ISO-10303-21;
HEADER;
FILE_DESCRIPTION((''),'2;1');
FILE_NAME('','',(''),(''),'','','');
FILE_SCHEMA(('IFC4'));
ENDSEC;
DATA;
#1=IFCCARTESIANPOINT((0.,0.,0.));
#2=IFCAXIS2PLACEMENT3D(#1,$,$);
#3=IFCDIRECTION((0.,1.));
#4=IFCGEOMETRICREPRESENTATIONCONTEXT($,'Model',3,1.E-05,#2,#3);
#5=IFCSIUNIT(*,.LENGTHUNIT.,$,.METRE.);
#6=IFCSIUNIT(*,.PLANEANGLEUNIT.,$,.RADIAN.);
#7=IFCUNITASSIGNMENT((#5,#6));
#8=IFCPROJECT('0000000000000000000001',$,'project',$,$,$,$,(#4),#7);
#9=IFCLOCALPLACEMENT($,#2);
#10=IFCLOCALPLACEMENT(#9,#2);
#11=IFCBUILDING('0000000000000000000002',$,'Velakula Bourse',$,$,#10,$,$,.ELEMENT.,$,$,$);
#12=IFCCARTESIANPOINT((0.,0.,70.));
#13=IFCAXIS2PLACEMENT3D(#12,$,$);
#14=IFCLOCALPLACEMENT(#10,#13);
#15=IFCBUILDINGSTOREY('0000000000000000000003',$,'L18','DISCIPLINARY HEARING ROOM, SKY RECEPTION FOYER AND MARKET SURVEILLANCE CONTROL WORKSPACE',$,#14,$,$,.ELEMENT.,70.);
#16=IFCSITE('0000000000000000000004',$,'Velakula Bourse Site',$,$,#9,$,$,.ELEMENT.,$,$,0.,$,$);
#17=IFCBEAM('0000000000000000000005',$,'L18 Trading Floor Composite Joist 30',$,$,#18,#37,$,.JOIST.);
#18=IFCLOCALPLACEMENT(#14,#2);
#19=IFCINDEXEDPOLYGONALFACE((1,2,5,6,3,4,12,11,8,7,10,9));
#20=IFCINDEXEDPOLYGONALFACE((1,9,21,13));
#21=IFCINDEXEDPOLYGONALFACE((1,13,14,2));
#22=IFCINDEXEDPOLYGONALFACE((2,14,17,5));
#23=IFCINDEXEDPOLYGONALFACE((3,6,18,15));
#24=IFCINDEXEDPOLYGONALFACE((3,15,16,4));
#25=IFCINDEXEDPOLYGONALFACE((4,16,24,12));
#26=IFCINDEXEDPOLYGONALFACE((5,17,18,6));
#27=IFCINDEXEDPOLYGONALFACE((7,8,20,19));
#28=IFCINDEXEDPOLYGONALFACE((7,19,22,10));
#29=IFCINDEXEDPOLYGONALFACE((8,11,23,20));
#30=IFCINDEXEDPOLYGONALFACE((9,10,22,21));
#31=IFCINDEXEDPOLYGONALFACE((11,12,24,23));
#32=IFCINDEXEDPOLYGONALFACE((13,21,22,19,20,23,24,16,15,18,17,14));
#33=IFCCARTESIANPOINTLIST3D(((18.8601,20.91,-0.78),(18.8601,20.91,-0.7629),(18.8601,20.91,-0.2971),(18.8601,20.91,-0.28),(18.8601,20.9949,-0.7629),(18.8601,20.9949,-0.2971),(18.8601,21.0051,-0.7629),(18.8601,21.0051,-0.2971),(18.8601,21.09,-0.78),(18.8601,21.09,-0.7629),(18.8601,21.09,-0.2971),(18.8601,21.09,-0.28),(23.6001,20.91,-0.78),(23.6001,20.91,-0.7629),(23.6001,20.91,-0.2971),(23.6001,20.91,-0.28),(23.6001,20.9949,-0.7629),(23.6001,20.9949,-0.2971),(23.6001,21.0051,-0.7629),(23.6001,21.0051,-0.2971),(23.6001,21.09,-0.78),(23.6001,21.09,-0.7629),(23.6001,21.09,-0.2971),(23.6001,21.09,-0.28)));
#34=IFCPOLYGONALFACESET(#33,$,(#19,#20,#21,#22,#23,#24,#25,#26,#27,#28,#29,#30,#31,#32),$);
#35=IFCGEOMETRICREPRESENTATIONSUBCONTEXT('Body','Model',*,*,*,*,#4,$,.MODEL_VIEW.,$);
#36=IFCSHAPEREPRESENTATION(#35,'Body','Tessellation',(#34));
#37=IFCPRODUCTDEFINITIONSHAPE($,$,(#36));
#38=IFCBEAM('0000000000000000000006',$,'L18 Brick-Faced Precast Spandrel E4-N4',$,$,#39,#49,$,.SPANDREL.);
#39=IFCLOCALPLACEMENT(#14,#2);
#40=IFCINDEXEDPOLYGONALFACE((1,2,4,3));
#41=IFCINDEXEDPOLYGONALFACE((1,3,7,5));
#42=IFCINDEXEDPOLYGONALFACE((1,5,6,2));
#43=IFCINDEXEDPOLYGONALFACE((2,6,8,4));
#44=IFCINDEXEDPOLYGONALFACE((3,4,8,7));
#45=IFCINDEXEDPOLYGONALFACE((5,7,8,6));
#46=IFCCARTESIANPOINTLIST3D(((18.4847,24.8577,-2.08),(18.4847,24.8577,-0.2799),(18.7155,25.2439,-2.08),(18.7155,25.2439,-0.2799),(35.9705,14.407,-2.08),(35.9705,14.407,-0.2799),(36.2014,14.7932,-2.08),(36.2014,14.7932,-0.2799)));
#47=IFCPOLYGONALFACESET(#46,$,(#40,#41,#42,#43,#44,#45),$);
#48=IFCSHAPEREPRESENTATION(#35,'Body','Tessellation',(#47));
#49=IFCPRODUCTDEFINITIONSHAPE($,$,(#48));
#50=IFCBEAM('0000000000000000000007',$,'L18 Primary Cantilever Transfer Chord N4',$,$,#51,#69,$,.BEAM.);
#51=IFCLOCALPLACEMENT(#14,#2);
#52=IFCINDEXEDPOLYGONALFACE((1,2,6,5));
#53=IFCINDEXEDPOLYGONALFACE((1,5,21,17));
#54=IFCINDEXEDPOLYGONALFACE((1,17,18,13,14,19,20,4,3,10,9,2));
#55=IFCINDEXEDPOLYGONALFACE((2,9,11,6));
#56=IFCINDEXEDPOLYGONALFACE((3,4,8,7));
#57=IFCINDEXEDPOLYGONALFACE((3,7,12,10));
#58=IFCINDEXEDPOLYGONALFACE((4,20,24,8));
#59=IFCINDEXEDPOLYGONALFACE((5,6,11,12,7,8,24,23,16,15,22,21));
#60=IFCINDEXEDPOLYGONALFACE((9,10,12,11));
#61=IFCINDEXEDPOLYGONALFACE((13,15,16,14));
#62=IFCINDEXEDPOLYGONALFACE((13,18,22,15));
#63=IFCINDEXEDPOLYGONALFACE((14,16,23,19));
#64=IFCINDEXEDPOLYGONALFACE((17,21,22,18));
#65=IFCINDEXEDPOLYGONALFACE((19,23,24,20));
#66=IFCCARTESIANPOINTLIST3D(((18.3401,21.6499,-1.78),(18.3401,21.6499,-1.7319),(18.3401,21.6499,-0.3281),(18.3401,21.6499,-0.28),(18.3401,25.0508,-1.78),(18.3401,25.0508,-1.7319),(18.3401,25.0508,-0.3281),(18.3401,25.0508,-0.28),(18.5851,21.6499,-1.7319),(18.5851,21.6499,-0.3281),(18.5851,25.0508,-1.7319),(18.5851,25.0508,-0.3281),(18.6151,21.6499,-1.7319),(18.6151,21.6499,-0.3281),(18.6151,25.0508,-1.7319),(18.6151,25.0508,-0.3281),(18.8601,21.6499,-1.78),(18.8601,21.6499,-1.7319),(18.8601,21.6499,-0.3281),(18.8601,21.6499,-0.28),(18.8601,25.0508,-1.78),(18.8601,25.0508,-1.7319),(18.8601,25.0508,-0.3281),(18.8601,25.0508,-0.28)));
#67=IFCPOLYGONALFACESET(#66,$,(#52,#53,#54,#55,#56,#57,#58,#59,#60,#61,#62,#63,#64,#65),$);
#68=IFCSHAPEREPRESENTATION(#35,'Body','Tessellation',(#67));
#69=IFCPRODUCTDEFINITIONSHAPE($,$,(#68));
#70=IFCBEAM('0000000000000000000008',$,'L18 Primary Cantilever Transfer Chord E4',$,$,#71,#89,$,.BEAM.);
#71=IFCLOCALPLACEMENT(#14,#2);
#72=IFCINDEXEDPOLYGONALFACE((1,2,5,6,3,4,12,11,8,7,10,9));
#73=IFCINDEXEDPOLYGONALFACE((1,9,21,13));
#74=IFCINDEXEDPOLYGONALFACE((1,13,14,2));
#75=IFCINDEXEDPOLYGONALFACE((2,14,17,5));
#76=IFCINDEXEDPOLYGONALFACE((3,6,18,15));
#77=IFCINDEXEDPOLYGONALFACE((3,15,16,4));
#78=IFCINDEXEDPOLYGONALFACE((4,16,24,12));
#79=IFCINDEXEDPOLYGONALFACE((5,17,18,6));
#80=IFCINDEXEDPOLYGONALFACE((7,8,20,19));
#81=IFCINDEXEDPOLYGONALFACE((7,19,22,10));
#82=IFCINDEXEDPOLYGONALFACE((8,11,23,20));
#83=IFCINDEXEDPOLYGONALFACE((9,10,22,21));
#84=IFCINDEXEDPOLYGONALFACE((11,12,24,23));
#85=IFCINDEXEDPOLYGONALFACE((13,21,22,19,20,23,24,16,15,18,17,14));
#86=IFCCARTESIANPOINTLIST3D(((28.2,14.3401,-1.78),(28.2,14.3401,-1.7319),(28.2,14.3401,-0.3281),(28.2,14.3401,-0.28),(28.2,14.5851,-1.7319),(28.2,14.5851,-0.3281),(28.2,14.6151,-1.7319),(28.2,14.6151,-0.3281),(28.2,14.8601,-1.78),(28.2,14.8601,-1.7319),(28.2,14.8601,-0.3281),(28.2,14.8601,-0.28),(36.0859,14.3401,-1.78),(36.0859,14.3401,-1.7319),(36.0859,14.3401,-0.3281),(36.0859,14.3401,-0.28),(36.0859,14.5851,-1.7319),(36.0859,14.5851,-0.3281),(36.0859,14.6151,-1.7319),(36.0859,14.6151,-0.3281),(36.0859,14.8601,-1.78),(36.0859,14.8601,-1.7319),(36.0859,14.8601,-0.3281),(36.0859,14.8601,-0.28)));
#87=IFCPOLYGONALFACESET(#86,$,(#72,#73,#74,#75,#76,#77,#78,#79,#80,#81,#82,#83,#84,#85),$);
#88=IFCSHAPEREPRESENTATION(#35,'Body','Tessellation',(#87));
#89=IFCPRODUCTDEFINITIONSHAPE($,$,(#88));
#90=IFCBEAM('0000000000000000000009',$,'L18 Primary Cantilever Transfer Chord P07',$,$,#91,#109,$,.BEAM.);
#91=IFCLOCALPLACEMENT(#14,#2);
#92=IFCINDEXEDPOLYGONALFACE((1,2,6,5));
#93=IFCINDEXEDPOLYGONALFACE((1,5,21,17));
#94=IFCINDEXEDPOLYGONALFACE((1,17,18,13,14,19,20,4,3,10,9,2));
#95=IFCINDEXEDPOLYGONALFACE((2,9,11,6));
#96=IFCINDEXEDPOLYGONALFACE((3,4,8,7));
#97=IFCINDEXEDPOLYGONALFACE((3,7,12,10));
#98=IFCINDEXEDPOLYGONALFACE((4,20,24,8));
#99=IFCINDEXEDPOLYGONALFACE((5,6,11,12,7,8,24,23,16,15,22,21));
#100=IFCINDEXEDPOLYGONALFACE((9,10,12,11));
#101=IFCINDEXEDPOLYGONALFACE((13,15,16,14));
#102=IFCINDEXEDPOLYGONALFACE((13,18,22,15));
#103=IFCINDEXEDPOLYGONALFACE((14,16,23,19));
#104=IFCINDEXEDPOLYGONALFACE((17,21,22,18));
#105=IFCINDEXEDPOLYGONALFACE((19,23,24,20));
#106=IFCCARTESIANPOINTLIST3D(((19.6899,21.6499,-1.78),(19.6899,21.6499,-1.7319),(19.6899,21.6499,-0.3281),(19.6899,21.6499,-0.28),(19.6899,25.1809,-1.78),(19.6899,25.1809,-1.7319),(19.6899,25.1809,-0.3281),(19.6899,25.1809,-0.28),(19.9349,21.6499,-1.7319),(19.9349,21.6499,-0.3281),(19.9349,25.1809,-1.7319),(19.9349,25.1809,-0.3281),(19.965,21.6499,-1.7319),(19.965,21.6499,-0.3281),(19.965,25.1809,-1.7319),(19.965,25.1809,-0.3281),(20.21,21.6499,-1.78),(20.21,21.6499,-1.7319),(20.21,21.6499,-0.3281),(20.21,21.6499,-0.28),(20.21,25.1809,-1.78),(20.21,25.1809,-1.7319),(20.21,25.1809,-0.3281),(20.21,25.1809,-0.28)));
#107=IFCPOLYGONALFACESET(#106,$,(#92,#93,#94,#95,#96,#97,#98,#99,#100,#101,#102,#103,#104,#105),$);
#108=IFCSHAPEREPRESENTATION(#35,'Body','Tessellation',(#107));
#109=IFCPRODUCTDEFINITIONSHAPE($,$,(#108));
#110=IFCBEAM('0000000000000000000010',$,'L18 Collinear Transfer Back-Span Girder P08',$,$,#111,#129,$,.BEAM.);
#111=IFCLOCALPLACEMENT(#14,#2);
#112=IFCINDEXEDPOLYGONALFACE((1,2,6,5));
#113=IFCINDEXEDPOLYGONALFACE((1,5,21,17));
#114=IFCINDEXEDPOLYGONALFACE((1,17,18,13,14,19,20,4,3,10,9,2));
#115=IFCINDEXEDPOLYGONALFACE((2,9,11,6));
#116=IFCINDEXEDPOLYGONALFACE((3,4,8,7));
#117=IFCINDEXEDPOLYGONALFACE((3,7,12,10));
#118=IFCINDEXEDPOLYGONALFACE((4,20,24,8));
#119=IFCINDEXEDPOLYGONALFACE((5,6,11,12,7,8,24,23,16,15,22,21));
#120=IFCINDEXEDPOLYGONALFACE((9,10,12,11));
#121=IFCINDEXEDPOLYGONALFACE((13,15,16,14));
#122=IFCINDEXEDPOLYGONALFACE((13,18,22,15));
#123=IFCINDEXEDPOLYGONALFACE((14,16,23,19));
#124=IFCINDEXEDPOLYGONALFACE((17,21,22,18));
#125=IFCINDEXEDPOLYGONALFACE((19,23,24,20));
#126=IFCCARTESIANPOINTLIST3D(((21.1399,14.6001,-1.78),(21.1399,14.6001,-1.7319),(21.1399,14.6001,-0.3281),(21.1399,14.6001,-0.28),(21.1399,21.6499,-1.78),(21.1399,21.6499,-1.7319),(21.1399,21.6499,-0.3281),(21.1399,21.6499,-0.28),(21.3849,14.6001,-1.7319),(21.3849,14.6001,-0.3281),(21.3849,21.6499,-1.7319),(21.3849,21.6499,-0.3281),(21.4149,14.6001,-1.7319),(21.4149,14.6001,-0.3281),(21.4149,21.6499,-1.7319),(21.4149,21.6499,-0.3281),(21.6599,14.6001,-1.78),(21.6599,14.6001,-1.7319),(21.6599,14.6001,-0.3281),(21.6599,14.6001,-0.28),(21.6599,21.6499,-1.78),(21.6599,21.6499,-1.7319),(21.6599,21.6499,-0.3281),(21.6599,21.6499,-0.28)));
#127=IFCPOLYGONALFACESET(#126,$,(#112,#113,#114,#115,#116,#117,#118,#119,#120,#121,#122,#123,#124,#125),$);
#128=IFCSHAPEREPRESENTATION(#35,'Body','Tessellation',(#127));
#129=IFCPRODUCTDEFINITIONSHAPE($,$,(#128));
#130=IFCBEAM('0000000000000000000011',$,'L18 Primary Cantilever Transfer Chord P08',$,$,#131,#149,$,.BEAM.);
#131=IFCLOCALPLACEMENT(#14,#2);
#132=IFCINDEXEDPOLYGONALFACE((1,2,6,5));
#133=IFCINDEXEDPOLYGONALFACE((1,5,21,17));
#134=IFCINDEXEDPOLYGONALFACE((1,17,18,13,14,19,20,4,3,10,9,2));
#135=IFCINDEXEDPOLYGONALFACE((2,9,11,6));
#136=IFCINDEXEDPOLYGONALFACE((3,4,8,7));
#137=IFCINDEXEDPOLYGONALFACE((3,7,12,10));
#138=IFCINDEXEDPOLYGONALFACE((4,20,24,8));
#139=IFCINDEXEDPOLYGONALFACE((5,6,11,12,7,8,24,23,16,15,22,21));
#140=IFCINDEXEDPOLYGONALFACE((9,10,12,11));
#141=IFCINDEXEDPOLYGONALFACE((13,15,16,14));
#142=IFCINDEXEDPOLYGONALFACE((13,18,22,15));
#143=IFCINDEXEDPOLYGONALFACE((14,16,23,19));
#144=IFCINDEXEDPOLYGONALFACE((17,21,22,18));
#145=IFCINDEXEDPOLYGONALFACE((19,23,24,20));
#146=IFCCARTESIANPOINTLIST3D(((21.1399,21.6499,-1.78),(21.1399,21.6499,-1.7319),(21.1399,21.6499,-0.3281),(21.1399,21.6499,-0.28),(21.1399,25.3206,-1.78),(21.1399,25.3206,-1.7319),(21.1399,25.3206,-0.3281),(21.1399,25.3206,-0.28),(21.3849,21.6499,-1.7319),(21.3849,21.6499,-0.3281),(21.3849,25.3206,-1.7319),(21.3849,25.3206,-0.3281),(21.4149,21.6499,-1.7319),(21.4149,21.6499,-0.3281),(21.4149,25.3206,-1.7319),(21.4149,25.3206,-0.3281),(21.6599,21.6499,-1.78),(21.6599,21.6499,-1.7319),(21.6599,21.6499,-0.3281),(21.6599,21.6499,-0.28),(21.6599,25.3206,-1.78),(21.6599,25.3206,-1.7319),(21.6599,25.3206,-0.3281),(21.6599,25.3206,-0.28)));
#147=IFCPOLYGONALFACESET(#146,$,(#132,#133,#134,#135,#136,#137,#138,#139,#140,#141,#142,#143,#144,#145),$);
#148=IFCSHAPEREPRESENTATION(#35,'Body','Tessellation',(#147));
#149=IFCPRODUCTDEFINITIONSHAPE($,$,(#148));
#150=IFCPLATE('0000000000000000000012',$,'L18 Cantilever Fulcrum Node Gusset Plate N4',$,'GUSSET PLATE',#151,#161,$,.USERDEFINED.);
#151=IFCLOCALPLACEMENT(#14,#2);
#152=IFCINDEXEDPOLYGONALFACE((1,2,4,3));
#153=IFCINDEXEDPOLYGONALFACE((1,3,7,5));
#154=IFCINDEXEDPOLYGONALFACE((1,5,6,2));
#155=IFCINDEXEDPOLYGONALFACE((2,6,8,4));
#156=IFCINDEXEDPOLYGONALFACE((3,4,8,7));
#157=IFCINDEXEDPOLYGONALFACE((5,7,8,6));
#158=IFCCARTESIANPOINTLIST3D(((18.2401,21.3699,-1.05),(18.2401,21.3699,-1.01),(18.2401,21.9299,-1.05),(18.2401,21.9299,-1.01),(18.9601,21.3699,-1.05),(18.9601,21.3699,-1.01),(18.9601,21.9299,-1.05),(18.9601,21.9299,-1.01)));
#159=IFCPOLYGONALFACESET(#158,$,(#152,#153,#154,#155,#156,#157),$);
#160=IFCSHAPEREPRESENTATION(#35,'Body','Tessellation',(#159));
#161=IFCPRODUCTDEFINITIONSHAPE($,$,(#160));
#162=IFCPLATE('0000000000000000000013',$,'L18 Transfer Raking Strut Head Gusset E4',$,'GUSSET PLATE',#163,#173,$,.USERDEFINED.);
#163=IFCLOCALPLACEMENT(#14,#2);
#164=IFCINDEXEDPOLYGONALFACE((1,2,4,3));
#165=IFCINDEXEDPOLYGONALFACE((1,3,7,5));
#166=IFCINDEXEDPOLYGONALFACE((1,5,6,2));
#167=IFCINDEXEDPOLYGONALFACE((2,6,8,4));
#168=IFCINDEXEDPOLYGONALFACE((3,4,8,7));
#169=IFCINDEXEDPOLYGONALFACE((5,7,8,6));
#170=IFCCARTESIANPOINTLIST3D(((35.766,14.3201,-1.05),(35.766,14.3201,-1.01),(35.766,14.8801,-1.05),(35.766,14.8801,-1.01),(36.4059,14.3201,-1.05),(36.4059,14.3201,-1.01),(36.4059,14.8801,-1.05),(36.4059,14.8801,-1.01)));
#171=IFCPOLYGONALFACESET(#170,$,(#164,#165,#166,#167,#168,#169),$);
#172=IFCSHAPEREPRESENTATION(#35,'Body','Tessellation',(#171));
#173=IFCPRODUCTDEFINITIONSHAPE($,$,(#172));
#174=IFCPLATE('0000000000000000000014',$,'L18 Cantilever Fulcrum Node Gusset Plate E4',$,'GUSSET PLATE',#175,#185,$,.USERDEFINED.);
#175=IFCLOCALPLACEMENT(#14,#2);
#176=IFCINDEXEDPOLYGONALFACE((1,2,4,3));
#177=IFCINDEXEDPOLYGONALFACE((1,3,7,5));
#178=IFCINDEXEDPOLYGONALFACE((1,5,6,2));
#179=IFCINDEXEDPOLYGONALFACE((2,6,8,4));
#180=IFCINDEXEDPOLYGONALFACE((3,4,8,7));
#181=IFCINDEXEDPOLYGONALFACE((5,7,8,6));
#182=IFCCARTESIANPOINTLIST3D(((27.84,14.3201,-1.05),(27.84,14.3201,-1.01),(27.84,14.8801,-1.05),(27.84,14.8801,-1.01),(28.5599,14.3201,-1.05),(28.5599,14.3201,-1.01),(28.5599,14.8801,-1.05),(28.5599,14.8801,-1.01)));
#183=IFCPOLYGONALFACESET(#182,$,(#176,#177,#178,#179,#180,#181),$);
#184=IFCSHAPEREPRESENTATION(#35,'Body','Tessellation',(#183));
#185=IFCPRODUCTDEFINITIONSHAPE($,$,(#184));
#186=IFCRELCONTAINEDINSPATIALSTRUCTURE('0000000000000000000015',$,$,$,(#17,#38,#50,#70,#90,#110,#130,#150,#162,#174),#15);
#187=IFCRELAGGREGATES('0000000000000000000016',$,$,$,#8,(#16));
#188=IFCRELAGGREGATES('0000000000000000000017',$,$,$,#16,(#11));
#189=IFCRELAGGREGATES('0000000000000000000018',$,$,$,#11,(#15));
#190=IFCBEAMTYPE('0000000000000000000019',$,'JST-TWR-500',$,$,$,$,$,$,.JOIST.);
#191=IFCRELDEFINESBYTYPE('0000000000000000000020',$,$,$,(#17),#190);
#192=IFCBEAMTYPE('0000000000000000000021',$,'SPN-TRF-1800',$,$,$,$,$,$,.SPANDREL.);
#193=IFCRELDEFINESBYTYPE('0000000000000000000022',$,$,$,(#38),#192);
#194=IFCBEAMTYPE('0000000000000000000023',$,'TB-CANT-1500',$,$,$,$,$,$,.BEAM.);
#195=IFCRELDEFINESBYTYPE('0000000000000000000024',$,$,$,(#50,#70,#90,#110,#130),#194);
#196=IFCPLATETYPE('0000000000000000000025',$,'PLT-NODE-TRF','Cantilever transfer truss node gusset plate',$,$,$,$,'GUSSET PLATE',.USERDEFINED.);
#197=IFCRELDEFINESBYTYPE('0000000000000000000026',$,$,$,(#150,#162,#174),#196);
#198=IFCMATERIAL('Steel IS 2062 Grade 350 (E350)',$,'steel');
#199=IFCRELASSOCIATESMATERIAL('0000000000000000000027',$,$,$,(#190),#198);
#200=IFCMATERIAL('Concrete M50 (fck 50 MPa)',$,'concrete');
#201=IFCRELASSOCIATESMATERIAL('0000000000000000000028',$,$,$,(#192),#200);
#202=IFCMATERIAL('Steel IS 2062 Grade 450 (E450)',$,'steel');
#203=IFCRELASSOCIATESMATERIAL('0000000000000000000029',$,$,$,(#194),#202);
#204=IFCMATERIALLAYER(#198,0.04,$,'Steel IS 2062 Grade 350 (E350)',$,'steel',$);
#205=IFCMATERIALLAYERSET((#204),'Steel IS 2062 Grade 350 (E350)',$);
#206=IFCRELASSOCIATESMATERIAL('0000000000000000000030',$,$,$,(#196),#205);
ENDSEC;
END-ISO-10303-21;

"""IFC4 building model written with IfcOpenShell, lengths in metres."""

from ifc_helpers import new_model, si_unit, direction, frame, origin, origin_2d, place, context, subcontext, project, spatial, rectangle, i_section, extrude, material, layer, layer_set, material_profile, profile_set, type_object, element, save


model = new_model("IFC4")

# Units and contexts
model_context = context("Model", 3, precision=1e-05, world=origin(), true_north=direction((0.0, 1.0)))
body_context = subcontext(model_context, "Body", "Model", "MODEL_VIEW")
ifc_project = project(units=[si_unit("LENGTHUNIT", "METRE"), si_unit("PLANEANGLEUNIT", "RADIAN")], contexts=[model_context])

# Site, building, storey
site_placement = place(None, origin())
site = spatial("IfcSite", under=ifc_project, at=site_placement, Name="Velakula Bourse Site", CompositionType="ELEMENT", RefElevation=0.0)
building_placement = place(site_placement, origin())
building = spatial("IfcBuilding", under=site, at=building_placement, Name="Velakula Bourse", CompositionType="ELEMENT")
storey_placement = place(building_placement, frame((0.0, 0.0, 70.0)))
storey = spatial("IfcBuildingStorey", under=building, at=storey_placement, Name="L18", Description="DISCIPLINARY HEARING ROOM, SKY RECEPTION FOYER AND MARKET SURVEILLANCE CONTROL WORKSPACE", CompositionType="ELEMENT", Elevation=70.0)

# Shared definitions
ifc_material_1 = material(Name="Steel IS 2062 Grade 450 (E450)", Category="steel")

# Beams
ifc_material_2 = material(Name="Steel IS 2062 Grade 350 (E350)", Category="steel")
ifc_material_profile_1 = material_profile(ifc_material_2, i_section(OverallWidth=0.1799, OverallDepth=0.5, WebThickness=0.0103, FlangeThickness=0.0171, at=origin_2d()), Name="Steel IS 2062 Grade 350 (E350)")
ifc_profile_set_1 = profile_set([ifc_material_profile_1], Name="Steel IS 2062 Grade 350 (E350)")
beam_type_1 = type_object("IfcBeamType", Name="JST-TWR-500", PredefinedType="JOIST", material=ifc_profile_set_1)
beam_1_placement = place(storey_placement, frame((18.8601, 21.0, -0.53), z_axis=(1.0, 0.0, 0.0), x_axis=(0.0, 1.0, 0.0)))
element("IfcBeam", 1, at=beam_1_placement, inside=storey, type_object=beam_type_1, Name="L18 Trading Floor Composite Joist 30", PredefinedType="JOIST", context=body_context, shape_type="SweptSolid", body=[
    extrude(i_section(OverallWidth=0.1799, OverallDepth=0.5, WebThickness=0.0103, FlangeThickness=0.0171, at=origin_2d()), origin(), (0.0, 0.0, 1.0), 4.74),
])
ifc_material_3 = material(Name="Concrete M50 (fck 50 MPa)", Category="concrete")
ifc_material_profile_2 = material_profile(ifc_material_3, rectangle(XDim=0.45, YDim=1.8, at=origin_2d()), Name="Concrete M50 (fck 50 MPa)")
ifc_profile_set_2 = profile_set([ifc_material_profile_2], Name="Concrete M50 (fck 50 MPa)")
beam_type_2 = type_object("IfcBeamType", Name="SPN-TRF-1800", PredefinedType="SPANDREL", material=ifc_profile_set_2)
beam_2_placement = place(storey_placement, frame((36.0859, 14.6001, -1.1799), z_axis=(-0.858376, 0.513022, 0.0), x_axis=(-0.513022, -0.858376, 0.0)))
element("IfcBeam", 2, at=beam_2_placement, inside=storey, type_object=beam_type_2, Name="L18 Brick-Faced Precast Spandrel E4-N4", PredefinedType="SPANDREL", context=body_context, shape_type="SweptSolid", body=[
    extrude(rectangle(XDim=0.45, YDim=1.8, at=origin_2d()), origin(), (0.0, 0.0, 1.0), 20.3708),
])
ifc_material_profile_3 = material_profile(ifc_material_1, i_section(OverallWidth=0.52, OverallDepth=1.5, WebThickness=0.03, FlangeThickness=0.0481, at=origin_2d()), Name="Steel IS 2062 Grade 450 (E450)")
ifc_profile_set_3 = profile_set([ifc_material_profile_3], Name="Steel IS 2062 Grade 450 (E450)")
beam_type_3 = type_object("IfcBeamType", Name="TB-CANT-1500", PredefinedType="BEAM", material=ifc_profile_set_3)
beam_3_placement = place(storey_placement, frame((18.6001, 21.6499, -1.03), z_axis=(0.0, 1.0, 0.0), x_axis=(-1.0, 0.0, 0.0)))
element("IfcBeam", 3, at=beam_3_placement, inside=storey, type_object=beam_type_3, Name="L18 Primary Cantilever Transfer Chord N4", PredefinedType="BEAM", context=body_context, shape_type="SweptSolid", body=[
    extrude(i_section(OverallWidth=0.52, OverallDepth=1.5, WebThickness=0.03, FlangeThickness=0.0481, at=origin_2d()), origin(), (0.0, 0.0, 1.0), 3.4009),
])
beam_4_placement = place(storey_placement, frame((28.2, 14.6001, -1.03), z_axis=(1.0, 0.0, 0.0), x_axis=(0.0, 1.0, 0.0)))
element("IfcBeam", 4, at=beam_4_placement, inside=storey, type_object=beam_type_3, Name="L18 Primary Cantilever Transfer Chord E4", PredefinedType="BEAM", context=body_context, shape_type="SweptSolid", body=[
    extrude(i_section(OverallWidth=0.52, OverallDepth=1.5, WebThickness=0.03, FlangeThickness=0.0481, at=origin_2d()), origin(), (0.0, 0.0, 1.0), 7.886),
])
beam_5_placement = place(storey_placement, frame((19.95, 21.6499, -1.03), z_axis=(0.0, 1.0, 0.0), x_axis=(-1.0, 0.0, 0.0)))
element("IfcBeam", 5, at=beam_5_placement, inside=storey, type_object=beam_type_3, Name="L18 Primary Cantilever Transfer Chord P07", PredefinedType="BEAM", context=body_context, shape_type="SweptSolid", body=[
    extrude(i_section(OverallWidth=0.52, OverallDepth=1.5, WebThickness=0.03, FlangeThickness=0.0481, at=origin_2d()), origin(), (0.0, 0.0, 1.0), 3.531),
])
beam_6_placement = place(storey_placement, frame((21.3999, 14.6001, -1.03), z_axis=(0.0, 1.0, 0.0), x_axis=(-1.0, 0.0, 0.0)))
element("IfcBeam", 6, at=beam_6_placement, inside=storey, type_object=beam_type_3, Name="L18 Collinear Transfer Back-Span Girder P08", PredefinedType="BEAM", context=body_context, shape_type="SweptSolid", body=[
    extrude(i_section(OverallWidth=0.52, OverallDepth=1.5, WebThickness=0.03, FlangeThickness=0.0481, at=origin_2d()), origin(), (0.0, 0.0, 1.0), 7.0498),
])
beam_7_placement = place(storey_placement, frame((21.3999, 21.6499, -1.03), z_axis=(0.0, 1.0, 0.0), x_axis=(-1.0, 0.0, 0.0)))
element("IfcBeam", 7, at=beam_7_placement, inside=storey, type_object=beam_type_3, Name="L18 Primary Cantilever Transfer Chord P08", PredefinedType="BEAM", context=body_context, shape_type="SweptSolid", body=[
    extrude(i_section(OverallWidth=0.52, OverallDepth=1.5, WebThickness=0.03, FlangeThickness=0.0481, at=origin_2d()), origin(), (0.0, 0.0, 1.0), 3.6707),
])

# Plates
ifc_layer_1 = layer(ifc_material_2, 0.04, Name="Steel IS 2062 Grade 350 (E350)", Category="steel")
ifc_layer_set_1 = layer_set([ifc_layer_1], Name="Steel IS 2062 Grade 350 (E350)")
plate_type = type_object("IfcPlateType", Name="PLT-NODE-TRF", Description="Cantilever transfer truss node gusset plate", ElementType="GUSSET PLATE", PredefinedType="USERDEFINED", material=ifc_layer_set_1)
plate_1_placement = place(storey_placement, frame((18.6001, 21.6499, -1.05), z_axis=(0.0, 0.0, 1.0), x_axis=(0.0, 1.0, 0.0)))
element("IfcPlate", 8, at=plate_1_placement, inside=storey, type_object=plate_type, Name="L18 Cantilever Fulcrum Node Gusset Plate N4", ObjectType="GUSSET PLATE", PredefinedType="USERDEFINED", context=body_context, shape_type="SweptSolid", body=[
    extrude(rectangle(XDim=0.5601, YDim=0.72, at=origin_2d()), origin(), (0.0, 0.0, 1.0), 0.04),
])
plate_2_placement = place(storey_placement, frame((36.0859, 14.6001, -1.05), z_axis=(0.0, 0.0, 1.0), x_axis=(1.0, 0.0, 0.0)))
element("IfcPlate", 9, at=plate_2_placement, inside=storey, type_object=plate_type, Name="L18 Transfer Raking Strut Head Gusset E4", ObjectType="GUSSET PLATE", PredefinedType="USERDEFINED", context=body_context, shape_type="SweptSolid", body=[
    extrude(rectangle(XDim=0.6399, YDim=0.5601, at=origin_2d()), origin(), (0.0, 0.0, 1.0), 0.04),
])
plate_3_placement = place(storey_placement, frame((28.2, 14.6001, -1.05), z_axis=(0.0, 0.0, 1.0), x_axis=(1.0, 0.0, 0.0)))
element("IfcPlate", 10, at=plate_3_placement, inside=storey, type_object=plate_type, Name="L18 Cantilever Fulcrum Node Gusset Plate E4", ObjectType="GUSSET PLATE", PredefinedType="USERDEFINED", context=body_context, shape_type="SweptSolid", body=[
    extrude(rectangle(XDim=0.72, YDim=0.5601, at=origin_2d()), origin(), (0.0, 0.0, 1.0), 0.04),
])

save(model, "model.ifc")
